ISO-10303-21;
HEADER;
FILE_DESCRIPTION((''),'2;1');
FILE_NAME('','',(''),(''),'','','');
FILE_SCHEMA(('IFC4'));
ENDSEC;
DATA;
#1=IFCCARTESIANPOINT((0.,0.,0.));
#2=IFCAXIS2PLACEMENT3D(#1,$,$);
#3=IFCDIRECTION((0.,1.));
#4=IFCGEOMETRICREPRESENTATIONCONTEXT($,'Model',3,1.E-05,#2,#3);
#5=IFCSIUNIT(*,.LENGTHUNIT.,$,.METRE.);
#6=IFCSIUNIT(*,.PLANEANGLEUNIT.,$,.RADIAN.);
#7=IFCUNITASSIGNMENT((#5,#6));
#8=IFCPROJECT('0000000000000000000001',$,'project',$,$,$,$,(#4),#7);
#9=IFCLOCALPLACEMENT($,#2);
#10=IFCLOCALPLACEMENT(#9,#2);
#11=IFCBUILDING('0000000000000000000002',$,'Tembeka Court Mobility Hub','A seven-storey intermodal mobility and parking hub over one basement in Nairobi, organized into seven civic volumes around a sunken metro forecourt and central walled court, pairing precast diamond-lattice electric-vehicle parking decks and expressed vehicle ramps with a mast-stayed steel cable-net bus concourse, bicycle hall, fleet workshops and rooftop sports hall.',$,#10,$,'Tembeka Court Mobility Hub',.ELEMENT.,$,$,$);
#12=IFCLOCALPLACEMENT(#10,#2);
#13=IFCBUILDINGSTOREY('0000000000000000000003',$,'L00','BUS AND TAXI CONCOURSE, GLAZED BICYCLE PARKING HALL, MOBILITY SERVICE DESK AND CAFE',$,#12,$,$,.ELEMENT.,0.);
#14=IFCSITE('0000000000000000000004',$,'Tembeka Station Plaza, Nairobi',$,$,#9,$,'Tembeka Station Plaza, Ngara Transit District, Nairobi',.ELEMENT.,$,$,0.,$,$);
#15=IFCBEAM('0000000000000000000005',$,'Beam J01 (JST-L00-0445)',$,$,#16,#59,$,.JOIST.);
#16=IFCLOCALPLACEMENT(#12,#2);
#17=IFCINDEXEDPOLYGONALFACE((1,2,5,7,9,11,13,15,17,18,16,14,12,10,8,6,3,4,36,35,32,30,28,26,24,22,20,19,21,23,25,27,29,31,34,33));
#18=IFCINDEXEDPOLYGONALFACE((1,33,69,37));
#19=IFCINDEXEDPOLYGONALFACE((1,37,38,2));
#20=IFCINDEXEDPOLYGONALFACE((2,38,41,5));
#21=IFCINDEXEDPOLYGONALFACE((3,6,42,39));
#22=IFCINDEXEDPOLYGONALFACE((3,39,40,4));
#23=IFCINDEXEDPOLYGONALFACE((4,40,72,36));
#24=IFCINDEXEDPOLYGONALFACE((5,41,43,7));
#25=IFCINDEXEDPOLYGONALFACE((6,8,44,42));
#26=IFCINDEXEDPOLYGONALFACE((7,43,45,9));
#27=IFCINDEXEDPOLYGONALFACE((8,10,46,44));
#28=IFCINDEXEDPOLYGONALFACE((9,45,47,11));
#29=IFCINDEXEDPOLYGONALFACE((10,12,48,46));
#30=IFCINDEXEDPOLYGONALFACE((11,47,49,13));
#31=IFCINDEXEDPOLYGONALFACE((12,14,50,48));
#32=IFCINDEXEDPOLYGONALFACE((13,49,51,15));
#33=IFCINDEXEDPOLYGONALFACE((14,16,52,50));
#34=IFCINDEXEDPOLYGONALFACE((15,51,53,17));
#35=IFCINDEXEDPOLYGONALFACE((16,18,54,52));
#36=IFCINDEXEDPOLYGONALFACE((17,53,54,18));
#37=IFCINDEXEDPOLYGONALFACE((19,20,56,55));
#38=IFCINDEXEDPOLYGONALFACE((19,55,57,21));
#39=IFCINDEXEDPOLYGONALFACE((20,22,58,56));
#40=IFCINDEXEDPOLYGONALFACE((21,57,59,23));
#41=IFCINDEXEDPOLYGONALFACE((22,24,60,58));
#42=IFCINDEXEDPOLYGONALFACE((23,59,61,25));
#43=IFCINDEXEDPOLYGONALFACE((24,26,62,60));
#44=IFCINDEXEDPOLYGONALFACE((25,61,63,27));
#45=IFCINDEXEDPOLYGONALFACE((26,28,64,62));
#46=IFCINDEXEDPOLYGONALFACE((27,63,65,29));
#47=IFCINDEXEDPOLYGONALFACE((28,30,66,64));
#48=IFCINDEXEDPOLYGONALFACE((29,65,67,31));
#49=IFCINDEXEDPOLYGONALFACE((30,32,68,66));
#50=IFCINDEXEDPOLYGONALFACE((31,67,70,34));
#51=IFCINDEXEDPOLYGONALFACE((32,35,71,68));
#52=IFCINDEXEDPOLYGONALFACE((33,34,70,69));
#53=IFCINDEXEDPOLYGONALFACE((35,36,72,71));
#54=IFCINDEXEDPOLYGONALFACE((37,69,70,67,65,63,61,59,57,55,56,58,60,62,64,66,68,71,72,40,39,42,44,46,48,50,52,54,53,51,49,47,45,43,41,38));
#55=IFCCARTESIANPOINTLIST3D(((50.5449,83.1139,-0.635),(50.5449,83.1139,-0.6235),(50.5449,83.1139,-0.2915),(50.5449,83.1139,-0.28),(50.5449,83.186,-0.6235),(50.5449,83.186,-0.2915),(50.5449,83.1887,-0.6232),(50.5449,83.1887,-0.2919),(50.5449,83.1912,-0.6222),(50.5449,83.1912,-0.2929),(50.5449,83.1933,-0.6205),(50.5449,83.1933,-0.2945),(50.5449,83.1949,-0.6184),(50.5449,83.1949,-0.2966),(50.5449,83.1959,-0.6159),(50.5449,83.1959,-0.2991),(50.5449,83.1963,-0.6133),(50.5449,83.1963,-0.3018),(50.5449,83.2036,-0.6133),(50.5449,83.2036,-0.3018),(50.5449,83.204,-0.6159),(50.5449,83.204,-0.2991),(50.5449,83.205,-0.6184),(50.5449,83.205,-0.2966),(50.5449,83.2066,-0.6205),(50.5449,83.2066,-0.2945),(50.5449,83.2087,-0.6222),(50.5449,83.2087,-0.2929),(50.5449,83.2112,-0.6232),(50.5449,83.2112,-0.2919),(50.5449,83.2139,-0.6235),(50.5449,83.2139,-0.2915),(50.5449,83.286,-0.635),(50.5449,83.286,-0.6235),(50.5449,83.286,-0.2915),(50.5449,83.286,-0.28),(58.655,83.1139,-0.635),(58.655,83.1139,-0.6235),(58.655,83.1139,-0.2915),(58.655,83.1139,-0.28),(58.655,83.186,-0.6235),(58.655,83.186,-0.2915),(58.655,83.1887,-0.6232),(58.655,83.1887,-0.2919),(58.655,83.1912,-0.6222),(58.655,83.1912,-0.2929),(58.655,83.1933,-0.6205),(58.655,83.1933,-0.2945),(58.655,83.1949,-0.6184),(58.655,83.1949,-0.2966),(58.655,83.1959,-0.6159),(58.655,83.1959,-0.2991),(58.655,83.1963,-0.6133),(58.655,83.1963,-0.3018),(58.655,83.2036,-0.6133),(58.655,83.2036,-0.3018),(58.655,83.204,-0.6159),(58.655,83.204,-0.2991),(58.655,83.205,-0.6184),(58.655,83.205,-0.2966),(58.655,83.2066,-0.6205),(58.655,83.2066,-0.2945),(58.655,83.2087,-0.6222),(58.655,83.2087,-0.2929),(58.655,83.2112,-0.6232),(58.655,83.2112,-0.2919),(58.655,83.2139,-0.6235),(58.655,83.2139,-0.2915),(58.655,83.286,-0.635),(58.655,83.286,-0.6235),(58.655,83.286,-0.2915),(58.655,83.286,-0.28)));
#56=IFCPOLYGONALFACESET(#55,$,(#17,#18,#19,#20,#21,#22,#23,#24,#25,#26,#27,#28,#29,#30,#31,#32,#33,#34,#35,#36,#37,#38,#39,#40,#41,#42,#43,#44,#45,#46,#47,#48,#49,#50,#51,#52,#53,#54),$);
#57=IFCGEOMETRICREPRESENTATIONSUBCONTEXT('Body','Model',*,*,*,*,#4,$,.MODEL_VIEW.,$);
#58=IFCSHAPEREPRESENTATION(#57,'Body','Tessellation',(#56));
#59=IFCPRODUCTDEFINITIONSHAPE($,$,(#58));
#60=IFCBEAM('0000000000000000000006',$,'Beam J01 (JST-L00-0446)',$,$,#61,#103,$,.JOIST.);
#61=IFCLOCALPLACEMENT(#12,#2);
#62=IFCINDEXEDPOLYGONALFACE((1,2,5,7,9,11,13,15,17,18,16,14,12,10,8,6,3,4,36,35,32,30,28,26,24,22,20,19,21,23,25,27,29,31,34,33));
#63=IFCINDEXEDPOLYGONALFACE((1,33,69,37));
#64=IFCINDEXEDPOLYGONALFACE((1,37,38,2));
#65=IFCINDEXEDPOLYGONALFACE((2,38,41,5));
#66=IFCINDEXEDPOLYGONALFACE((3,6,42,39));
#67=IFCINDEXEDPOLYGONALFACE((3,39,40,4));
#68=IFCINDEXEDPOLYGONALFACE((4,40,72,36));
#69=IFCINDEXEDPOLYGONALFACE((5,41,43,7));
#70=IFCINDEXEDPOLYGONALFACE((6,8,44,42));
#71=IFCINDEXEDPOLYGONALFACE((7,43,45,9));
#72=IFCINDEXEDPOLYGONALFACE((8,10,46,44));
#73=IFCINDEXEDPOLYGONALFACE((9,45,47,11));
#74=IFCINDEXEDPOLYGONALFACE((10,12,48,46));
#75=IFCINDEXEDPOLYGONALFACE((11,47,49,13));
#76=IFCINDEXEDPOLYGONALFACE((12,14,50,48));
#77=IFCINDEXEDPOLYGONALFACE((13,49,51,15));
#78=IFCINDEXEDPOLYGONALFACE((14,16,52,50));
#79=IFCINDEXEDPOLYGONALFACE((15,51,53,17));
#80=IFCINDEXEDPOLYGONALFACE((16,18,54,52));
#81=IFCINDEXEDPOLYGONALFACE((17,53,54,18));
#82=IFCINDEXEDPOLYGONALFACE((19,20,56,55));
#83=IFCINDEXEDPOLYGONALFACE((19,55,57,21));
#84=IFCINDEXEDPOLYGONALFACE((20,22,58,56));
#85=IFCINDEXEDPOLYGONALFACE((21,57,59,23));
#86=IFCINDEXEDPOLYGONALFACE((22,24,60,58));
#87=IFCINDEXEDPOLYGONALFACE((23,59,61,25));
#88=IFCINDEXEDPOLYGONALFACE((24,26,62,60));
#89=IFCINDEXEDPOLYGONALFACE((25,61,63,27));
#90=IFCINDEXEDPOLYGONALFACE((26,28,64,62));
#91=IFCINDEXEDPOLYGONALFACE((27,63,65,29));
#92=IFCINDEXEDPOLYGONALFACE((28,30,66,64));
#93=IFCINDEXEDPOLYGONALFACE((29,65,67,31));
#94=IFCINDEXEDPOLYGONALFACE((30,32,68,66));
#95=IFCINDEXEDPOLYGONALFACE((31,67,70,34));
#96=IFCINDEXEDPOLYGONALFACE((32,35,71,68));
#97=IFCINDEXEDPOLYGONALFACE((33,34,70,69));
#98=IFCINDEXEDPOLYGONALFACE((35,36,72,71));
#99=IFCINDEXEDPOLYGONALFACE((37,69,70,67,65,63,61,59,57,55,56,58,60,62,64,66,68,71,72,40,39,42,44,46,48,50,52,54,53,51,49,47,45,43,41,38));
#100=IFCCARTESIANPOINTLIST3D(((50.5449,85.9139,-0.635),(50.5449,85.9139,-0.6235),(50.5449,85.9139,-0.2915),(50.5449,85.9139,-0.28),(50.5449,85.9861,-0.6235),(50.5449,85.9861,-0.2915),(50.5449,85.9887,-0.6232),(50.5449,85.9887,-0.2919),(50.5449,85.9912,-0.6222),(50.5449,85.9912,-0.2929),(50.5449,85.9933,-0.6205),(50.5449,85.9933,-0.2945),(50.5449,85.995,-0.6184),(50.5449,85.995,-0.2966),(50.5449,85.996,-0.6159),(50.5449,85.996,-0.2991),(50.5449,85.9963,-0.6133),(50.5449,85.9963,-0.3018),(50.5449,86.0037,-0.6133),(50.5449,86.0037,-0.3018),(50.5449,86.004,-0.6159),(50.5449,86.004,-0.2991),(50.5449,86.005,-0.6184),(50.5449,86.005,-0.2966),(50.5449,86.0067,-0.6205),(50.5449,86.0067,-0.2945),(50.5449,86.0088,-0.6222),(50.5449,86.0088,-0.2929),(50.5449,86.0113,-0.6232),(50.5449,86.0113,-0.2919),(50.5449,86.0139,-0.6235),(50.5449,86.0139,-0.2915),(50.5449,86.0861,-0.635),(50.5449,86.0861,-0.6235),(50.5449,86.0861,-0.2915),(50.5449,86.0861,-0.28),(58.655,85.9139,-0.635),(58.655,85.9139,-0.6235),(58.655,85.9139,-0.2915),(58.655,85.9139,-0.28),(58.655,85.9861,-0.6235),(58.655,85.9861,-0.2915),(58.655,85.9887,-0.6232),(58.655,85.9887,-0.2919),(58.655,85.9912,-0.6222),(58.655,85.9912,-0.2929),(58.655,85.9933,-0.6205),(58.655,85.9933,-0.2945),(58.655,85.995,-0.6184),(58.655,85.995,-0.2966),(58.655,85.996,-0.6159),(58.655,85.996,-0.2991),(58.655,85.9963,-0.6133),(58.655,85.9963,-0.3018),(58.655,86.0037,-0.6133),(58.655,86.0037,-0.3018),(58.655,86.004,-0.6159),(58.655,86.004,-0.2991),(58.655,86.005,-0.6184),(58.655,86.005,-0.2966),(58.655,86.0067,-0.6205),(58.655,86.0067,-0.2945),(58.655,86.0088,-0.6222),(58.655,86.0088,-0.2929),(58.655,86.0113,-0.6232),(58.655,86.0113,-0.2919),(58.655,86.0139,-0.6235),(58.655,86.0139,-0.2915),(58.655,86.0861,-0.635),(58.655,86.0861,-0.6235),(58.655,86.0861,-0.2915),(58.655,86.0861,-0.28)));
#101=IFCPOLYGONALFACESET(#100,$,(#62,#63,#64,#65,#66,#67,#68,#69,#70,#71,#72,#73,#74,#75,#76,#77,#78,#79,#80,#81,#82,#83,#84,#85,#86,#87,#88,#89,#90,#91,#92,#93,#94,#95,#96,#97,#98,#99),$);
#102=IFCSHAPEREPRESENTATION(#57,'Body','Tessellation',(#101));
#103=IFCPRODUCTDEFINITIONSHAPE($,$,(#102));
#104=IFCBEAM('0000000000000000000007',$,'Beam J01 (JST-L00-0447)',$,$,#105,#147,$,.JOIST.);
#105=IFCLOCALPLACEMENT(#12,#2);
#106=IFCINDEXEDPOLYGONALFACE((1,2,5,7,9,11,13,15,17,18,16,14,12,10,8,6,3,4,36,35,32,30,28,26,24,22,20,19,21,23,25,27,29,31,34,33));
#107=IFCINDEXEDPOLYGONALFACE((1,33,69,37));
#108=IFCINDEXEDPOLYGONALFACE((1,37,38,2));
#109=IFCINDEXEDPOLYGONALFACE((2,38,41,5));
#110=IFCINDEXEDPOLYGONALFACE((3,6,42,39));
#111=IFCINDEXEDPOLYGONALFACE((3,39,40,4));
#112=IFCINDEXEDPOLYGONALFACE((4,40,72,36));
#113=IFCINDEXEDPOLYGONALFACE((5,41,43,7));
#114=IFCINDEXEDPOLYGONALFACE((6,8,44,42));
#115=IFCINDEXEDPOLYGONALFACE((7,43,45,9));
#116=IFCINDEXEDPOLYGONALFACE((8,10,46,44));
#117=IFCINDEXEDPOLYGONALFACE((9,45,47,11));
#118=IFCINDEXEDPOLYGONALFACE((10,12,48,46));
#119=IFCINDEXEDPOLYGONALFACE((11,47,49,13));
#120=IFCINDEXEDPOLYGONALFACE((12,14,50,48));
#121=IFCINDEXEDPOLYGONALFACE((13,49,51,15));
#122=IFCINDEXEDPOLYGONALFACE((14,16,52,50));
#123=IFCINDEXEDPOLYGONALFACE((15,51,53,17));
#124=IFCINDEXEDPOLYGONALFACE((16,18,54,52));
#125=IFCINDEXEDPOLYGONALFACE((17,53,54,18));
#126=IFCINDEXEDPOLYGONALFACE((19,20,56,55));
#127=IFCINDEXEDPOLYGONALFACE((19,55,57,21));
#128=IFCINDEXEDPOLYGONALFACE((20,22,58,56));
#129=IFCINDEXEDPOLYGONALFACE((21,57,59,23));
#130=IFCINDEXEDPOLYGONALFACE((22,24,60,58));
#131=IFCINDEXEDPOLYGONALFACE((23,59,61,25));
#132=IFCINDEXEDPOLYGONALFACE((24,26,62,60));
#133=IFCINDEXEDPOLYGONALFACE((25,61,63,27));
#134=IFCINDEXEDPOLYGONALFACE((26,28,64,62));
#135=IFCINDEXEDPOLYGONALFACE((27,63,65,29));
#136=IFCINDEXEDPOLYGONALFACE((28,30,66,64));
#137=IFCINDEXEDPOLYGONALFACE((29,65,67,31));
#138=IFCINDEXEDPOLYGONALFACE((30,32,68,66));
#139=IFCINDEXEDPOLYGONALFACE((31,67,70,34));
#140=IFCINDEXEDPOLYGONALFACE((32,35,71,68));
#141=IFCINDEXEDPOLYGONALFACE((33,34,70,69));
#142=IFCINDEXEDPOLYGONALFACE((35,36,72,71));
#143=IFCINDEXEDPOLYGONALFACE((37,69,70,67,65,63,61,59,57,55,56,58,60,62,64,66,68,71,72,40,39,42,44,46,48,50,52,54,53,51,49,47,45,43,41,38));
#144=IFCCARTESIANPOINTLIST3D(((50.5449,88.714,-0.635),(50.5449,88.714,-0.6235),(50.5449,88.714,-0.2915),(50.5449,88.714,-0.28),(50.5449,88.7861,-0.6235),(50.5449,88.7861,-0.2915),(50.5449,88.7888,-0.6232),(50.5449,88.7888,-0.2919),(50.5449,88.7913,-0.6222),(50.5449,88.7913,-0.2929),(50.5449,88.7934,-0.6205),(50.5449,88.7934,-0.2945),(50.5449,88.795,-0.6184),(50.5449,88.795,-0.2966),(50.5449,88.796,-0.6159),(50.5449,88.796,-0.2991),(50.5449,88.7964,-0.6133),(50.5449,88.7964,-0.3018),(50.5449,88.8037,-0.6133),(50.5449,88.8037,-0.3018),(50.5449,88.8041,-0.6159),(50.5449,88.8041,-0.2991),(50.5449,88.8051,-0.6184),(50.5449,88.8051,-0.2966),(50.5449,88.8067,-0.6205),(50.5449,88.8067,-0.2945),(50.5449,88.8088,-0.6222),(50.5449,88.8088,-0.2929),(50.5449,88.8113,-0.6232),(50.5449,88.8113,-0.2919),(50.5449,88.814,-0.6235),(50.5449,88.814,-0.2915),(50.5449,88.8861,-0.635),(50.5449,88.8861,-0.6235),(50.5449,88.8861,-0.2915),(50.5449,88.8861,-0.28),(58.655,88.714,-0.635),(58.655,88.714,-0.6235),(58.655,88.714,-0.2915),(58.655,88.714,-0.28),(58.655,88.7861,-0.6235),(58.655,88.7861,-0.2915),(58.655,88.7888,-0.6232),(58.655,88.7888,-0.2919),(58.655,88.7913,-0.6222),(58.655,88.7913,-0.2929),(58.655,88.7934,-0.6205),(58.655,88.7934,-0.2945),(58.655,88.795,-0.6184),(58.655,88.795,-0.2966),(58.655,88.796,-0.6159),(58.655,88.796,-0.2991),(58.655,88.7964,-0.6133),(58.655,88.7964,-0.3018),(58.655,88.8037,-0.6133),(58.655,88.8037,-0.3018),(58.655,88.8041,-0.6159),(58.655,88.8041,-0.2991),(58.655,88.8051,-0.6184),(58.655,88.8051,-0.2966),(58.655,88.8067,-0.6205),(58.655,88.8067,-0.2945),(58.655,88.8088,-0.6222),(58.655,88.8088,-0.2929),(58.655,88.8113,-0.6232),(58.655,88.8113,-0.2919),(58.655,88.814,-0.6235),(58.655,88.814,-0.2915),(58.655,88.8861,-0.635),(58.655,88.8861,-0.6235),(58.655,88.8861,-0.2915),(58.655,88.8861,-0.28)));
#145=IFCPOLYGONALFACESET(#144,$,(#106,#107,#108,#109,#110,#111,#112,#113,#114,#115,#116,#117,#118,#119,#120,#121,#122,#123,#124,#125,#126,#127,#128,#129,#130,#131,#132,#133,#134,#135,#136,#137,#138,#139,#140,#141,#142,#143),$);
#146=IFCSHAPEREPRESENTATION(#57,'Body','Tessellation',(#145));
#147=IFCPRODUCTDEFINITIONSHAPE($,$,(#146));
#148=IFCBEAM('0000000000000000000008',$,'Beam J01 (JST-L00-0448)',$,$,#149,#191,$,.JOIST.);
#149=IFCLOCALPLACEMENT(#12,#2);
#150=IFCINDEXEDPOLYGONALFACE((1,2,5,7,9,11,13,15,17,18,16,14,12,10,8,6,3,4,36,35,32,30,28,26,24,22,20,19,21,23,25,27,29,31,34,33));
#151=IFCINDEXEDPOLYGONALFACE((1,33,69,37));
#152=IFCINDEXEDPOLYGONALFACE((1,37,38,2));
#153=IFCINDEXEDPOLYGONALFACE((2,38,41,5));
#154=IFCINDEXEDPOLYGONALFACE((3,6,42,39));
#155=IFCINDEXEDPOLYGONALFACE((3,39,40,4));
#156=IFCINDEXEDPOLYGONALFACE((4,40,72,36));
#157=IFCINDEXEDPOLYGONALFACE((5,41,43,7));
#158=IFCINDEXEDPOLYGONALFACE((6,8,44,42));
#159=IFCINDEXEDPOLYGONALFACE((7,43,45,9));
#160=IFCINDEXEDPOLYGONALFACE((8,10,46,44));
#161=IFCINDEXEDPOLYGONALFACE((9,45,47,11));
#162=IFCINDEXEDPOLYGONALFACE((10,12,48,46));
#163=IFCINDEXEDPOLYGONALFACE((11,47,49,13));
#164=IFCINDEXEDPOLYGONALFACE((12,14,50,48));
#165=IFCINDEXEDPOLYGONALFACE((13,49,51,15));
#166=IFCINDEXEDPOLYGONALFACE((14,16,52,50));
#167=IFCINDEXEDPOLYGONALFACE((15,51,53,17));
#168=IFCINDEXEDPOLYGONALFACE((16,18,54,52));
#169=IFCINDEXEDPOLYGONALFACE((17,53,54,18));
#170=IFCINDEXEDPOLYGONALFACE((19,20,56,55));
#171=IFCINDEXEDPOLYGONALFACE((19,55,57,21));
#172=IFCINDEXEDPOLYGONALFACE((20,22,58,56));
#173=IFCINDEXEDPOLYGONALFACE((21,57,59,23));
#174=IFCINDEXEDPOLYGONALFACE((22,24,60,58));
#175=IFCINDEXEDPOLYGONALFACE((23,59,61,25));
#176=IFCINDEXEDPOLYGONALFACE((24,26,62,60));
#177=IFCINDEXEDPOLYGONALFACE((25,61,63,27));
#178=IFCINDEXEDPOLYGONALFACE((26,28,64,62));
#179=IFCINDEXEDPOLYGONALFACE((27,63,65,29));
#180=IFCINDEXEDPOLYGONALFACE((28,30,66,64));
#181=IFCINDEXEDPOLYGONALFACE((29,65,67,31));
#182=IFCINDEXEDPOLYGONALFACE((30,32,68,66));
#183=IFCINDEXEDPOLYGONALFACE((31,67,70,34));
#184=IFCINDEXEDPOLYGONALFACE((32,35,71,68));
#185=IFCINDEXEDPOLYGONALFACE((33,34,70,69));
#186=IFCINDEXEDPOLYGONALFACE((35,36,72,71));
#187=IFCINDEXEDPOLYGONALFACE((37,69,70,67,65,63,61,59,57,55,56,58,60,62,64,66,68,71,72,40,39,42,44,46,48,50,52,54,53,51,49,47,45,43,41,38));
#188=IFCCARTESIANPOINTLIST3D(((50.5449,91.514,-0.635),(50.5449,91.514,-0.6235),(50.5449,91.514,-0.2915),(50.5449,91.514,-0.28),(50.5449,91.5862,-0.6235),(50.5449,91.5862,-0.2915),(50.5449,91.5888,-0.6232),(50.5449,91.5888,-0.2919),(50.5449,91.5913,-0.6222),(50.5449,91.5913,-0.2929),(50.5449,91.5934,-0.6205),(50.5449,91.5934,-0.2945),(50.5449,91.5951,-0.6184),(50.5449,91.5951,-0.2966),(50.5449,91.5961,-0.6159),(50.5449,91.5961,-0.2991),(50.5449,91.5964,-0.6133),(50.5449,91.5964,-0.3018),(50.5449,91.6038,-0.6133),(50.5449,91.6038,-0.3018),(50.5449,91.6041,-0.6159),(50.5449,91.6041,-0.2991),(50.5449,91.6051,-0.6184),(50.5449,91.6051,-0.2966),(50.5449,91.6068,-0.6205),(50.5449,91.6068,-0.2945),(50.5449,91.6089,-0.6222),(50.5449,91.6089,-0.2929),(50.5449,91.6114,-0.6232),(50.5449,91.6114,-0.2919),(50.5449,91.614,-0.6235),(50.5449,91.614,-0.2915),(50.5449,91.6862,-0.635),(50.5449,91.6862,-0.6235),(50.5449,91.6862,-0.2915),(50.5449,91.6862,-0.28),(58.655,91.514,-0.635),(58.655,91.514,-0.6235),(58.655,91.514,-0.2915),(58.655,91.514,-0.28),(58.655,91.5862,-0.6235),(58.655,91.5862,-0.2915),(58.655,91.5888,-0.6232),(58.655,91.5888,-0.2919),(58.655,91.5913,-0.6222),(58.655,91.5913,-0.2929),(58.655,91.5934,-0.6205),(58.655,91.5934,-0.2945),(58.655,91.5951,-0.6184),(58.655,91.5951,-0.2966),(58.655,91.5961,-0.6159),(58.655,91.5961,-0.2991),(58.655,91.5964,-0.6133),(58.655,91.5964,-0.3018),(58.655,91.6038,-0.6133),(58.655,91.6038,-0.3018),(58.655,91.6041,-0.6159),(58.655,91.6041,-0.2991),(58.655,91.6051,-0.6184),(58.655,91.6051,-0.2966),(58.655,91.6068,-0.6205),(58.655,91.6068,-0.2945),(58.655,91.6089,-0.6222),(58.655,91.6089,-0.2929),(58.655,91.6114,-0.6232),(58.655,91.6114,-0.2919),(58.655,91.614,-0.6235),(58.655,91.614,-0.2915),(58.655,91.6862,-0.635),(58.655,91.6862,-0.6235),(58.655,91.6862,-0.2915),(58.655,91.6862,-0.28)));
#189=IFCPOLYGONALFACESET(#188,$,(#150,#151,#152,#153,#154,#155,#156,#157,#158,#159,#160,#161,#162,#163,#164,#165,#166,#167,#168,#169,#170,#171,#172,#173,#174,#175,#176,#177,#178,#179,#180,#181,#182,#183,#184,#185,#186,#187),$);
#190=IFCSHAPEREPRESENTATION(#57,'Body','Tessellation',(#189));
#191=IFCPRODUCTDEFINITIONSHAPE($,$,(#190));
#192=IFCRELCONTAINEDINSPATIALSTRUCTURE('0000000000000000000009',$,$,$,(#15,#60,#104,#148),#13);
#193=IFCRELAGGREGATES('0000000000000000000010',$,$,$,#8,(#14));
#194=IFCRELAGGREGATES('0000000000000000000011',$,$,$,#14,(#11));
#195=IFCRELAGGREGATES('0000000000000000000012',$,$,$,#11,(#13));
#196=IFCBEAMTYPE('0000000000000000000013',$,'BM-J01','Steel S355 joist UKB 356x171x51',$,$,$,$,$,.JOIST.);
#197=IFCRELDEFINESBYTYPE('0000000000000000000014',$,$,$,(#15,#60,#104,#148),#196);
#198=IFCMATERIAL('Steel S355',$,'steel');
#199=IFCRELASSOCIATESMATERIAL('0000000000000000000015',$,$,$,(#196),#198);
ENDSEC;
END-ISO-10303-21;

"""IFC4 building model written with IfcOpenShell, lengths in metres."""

from ifc_helpers import new_model, si_unit, direction, frame, origin, origin_2d, place, context, subcontext, project, spatial, i_section, extrude, material, material_profile, profile_set, type_object, element, save


model = new_model("IFC4")

# Units and contexts
model_context = context("Model", 3, precision=1e-05, world=origin(), true_north=direction((0.0, 1.0)))
body_context = subcontext(model_context, "Body", "Model", "MODEL_VIEW")
ifc_project = project(units=[si_unit("LENGTHUNIT", "METRE"), si_unit("PLANEANGLEUNIT", "RADIAN")], contexts=[model_context])

# Site, building, storey
site_placement = place(None, origin())
site = spatial("IfcSite", under=ifc_project, at=site_placement, Name="Tembeka Station Plaza, Nairobi", LongName="Tembeka Station Plaza, Ngara Transit District, Nairobi", CompositionType="ELEMENT", RefElevation=0.0)
building_placement = place(site_placement, origin())
building = spatial("IfcBuilding", under=site, at=building_placement, Name="Tembeka Court Mobility Hub", Description="A seven-storey intermodal mobility and parking hub over one basement in Nairobi, organized into seven civic volumes around a sunken metro forecourt and central walled court, pairing precast diamond-lattice electric-vehicle parking decks and expressed vehicle ramps with a mast-stayed steel cable-net bus concourse, bicycle hall, fleet workshops and rooftop sports hall.", LongName="Tembeka Court Mobility Hub", CompositionType="ELEMENT")
storey_placement = place(building_placement, origin())
storey = spatial("IfcBuildingStorey", under=building, at=storey_placement, Name="L00", Description="BUS AND TAXI CONCOURSE, GLAZED BICYCLE PARKING HALL, MOBILITY SERVICE DESK AND CAFE", CompositionType="ELEMENT", Elevation=0.0)

# Shared definitions
ifc_material_1 = material(Name="Steel S355", Category="steel")

# Beams
ifc_material_profile_1 = material_profile(ifc_material_1, i_section(OverallWidth=0.1721, OverallDepth=0.355, WebThickness=0.0073, FlangeThickness=0.0115, FilletRadius=0.0103, at=origin_2d()), Name="UKB 356x171x51")
ifc_profile_set_1 = profile_set([ifc_material_profile_1], Name="Steel S355")
beam_type_1 = type_object("IfcBeamType", Name="BM-J01", Description="Steel S355 joist UKB 356x171x51", PredefinedType="JOIST", material=ifc_profile_set_1)
for number, where, z_axis, x_axis, name in (
    (1, (50.5449, 83.2, -0.4575), (1.0, 0.0, 0.0), (0.0, 1.0, 0.0), "Beam J01 (JST-L00-0445)"),
    (2, (50.5449, 86.0, -0.4575), (1.0, 0.0, 0.0), (0.0, 1.0, 0.0), "Beam J01 (JST-L00-0446)"),
    (3, (50.5449, 88.8, -0.4575), (1.0, 0.0, 0.0), (0.0, 1.0, 0.0), "Beam J01 (JST-L00-0447)"),
    (4, (50.5449, 91.6001, -0.4575), (1.0, 0.0, 0.0), (0.0, 1.0, 0.0), "Beam J01 (JST-L00-0448)"),
):
    element("IfcBeam", number, at=place(storey_placement, frame(where, z_axis=z_axis, x_axis=x_axis)), inside=storey, type_object=beam_type_1, Name=name, PredefinedType="JOIST", context=body_context, shape_type="SweptSolid", body=[
        extrude(i_section(OverallWidth=0.1721, OverallDepth=0.355, WebThickness=0.0073, FlangeThickness=0.0115, FilletRadius=0.0103, at=origin_2d()), origin(), (0.0, 0.0, 1.0), 8.1101),
    ])

save(model, "model.ifc")
